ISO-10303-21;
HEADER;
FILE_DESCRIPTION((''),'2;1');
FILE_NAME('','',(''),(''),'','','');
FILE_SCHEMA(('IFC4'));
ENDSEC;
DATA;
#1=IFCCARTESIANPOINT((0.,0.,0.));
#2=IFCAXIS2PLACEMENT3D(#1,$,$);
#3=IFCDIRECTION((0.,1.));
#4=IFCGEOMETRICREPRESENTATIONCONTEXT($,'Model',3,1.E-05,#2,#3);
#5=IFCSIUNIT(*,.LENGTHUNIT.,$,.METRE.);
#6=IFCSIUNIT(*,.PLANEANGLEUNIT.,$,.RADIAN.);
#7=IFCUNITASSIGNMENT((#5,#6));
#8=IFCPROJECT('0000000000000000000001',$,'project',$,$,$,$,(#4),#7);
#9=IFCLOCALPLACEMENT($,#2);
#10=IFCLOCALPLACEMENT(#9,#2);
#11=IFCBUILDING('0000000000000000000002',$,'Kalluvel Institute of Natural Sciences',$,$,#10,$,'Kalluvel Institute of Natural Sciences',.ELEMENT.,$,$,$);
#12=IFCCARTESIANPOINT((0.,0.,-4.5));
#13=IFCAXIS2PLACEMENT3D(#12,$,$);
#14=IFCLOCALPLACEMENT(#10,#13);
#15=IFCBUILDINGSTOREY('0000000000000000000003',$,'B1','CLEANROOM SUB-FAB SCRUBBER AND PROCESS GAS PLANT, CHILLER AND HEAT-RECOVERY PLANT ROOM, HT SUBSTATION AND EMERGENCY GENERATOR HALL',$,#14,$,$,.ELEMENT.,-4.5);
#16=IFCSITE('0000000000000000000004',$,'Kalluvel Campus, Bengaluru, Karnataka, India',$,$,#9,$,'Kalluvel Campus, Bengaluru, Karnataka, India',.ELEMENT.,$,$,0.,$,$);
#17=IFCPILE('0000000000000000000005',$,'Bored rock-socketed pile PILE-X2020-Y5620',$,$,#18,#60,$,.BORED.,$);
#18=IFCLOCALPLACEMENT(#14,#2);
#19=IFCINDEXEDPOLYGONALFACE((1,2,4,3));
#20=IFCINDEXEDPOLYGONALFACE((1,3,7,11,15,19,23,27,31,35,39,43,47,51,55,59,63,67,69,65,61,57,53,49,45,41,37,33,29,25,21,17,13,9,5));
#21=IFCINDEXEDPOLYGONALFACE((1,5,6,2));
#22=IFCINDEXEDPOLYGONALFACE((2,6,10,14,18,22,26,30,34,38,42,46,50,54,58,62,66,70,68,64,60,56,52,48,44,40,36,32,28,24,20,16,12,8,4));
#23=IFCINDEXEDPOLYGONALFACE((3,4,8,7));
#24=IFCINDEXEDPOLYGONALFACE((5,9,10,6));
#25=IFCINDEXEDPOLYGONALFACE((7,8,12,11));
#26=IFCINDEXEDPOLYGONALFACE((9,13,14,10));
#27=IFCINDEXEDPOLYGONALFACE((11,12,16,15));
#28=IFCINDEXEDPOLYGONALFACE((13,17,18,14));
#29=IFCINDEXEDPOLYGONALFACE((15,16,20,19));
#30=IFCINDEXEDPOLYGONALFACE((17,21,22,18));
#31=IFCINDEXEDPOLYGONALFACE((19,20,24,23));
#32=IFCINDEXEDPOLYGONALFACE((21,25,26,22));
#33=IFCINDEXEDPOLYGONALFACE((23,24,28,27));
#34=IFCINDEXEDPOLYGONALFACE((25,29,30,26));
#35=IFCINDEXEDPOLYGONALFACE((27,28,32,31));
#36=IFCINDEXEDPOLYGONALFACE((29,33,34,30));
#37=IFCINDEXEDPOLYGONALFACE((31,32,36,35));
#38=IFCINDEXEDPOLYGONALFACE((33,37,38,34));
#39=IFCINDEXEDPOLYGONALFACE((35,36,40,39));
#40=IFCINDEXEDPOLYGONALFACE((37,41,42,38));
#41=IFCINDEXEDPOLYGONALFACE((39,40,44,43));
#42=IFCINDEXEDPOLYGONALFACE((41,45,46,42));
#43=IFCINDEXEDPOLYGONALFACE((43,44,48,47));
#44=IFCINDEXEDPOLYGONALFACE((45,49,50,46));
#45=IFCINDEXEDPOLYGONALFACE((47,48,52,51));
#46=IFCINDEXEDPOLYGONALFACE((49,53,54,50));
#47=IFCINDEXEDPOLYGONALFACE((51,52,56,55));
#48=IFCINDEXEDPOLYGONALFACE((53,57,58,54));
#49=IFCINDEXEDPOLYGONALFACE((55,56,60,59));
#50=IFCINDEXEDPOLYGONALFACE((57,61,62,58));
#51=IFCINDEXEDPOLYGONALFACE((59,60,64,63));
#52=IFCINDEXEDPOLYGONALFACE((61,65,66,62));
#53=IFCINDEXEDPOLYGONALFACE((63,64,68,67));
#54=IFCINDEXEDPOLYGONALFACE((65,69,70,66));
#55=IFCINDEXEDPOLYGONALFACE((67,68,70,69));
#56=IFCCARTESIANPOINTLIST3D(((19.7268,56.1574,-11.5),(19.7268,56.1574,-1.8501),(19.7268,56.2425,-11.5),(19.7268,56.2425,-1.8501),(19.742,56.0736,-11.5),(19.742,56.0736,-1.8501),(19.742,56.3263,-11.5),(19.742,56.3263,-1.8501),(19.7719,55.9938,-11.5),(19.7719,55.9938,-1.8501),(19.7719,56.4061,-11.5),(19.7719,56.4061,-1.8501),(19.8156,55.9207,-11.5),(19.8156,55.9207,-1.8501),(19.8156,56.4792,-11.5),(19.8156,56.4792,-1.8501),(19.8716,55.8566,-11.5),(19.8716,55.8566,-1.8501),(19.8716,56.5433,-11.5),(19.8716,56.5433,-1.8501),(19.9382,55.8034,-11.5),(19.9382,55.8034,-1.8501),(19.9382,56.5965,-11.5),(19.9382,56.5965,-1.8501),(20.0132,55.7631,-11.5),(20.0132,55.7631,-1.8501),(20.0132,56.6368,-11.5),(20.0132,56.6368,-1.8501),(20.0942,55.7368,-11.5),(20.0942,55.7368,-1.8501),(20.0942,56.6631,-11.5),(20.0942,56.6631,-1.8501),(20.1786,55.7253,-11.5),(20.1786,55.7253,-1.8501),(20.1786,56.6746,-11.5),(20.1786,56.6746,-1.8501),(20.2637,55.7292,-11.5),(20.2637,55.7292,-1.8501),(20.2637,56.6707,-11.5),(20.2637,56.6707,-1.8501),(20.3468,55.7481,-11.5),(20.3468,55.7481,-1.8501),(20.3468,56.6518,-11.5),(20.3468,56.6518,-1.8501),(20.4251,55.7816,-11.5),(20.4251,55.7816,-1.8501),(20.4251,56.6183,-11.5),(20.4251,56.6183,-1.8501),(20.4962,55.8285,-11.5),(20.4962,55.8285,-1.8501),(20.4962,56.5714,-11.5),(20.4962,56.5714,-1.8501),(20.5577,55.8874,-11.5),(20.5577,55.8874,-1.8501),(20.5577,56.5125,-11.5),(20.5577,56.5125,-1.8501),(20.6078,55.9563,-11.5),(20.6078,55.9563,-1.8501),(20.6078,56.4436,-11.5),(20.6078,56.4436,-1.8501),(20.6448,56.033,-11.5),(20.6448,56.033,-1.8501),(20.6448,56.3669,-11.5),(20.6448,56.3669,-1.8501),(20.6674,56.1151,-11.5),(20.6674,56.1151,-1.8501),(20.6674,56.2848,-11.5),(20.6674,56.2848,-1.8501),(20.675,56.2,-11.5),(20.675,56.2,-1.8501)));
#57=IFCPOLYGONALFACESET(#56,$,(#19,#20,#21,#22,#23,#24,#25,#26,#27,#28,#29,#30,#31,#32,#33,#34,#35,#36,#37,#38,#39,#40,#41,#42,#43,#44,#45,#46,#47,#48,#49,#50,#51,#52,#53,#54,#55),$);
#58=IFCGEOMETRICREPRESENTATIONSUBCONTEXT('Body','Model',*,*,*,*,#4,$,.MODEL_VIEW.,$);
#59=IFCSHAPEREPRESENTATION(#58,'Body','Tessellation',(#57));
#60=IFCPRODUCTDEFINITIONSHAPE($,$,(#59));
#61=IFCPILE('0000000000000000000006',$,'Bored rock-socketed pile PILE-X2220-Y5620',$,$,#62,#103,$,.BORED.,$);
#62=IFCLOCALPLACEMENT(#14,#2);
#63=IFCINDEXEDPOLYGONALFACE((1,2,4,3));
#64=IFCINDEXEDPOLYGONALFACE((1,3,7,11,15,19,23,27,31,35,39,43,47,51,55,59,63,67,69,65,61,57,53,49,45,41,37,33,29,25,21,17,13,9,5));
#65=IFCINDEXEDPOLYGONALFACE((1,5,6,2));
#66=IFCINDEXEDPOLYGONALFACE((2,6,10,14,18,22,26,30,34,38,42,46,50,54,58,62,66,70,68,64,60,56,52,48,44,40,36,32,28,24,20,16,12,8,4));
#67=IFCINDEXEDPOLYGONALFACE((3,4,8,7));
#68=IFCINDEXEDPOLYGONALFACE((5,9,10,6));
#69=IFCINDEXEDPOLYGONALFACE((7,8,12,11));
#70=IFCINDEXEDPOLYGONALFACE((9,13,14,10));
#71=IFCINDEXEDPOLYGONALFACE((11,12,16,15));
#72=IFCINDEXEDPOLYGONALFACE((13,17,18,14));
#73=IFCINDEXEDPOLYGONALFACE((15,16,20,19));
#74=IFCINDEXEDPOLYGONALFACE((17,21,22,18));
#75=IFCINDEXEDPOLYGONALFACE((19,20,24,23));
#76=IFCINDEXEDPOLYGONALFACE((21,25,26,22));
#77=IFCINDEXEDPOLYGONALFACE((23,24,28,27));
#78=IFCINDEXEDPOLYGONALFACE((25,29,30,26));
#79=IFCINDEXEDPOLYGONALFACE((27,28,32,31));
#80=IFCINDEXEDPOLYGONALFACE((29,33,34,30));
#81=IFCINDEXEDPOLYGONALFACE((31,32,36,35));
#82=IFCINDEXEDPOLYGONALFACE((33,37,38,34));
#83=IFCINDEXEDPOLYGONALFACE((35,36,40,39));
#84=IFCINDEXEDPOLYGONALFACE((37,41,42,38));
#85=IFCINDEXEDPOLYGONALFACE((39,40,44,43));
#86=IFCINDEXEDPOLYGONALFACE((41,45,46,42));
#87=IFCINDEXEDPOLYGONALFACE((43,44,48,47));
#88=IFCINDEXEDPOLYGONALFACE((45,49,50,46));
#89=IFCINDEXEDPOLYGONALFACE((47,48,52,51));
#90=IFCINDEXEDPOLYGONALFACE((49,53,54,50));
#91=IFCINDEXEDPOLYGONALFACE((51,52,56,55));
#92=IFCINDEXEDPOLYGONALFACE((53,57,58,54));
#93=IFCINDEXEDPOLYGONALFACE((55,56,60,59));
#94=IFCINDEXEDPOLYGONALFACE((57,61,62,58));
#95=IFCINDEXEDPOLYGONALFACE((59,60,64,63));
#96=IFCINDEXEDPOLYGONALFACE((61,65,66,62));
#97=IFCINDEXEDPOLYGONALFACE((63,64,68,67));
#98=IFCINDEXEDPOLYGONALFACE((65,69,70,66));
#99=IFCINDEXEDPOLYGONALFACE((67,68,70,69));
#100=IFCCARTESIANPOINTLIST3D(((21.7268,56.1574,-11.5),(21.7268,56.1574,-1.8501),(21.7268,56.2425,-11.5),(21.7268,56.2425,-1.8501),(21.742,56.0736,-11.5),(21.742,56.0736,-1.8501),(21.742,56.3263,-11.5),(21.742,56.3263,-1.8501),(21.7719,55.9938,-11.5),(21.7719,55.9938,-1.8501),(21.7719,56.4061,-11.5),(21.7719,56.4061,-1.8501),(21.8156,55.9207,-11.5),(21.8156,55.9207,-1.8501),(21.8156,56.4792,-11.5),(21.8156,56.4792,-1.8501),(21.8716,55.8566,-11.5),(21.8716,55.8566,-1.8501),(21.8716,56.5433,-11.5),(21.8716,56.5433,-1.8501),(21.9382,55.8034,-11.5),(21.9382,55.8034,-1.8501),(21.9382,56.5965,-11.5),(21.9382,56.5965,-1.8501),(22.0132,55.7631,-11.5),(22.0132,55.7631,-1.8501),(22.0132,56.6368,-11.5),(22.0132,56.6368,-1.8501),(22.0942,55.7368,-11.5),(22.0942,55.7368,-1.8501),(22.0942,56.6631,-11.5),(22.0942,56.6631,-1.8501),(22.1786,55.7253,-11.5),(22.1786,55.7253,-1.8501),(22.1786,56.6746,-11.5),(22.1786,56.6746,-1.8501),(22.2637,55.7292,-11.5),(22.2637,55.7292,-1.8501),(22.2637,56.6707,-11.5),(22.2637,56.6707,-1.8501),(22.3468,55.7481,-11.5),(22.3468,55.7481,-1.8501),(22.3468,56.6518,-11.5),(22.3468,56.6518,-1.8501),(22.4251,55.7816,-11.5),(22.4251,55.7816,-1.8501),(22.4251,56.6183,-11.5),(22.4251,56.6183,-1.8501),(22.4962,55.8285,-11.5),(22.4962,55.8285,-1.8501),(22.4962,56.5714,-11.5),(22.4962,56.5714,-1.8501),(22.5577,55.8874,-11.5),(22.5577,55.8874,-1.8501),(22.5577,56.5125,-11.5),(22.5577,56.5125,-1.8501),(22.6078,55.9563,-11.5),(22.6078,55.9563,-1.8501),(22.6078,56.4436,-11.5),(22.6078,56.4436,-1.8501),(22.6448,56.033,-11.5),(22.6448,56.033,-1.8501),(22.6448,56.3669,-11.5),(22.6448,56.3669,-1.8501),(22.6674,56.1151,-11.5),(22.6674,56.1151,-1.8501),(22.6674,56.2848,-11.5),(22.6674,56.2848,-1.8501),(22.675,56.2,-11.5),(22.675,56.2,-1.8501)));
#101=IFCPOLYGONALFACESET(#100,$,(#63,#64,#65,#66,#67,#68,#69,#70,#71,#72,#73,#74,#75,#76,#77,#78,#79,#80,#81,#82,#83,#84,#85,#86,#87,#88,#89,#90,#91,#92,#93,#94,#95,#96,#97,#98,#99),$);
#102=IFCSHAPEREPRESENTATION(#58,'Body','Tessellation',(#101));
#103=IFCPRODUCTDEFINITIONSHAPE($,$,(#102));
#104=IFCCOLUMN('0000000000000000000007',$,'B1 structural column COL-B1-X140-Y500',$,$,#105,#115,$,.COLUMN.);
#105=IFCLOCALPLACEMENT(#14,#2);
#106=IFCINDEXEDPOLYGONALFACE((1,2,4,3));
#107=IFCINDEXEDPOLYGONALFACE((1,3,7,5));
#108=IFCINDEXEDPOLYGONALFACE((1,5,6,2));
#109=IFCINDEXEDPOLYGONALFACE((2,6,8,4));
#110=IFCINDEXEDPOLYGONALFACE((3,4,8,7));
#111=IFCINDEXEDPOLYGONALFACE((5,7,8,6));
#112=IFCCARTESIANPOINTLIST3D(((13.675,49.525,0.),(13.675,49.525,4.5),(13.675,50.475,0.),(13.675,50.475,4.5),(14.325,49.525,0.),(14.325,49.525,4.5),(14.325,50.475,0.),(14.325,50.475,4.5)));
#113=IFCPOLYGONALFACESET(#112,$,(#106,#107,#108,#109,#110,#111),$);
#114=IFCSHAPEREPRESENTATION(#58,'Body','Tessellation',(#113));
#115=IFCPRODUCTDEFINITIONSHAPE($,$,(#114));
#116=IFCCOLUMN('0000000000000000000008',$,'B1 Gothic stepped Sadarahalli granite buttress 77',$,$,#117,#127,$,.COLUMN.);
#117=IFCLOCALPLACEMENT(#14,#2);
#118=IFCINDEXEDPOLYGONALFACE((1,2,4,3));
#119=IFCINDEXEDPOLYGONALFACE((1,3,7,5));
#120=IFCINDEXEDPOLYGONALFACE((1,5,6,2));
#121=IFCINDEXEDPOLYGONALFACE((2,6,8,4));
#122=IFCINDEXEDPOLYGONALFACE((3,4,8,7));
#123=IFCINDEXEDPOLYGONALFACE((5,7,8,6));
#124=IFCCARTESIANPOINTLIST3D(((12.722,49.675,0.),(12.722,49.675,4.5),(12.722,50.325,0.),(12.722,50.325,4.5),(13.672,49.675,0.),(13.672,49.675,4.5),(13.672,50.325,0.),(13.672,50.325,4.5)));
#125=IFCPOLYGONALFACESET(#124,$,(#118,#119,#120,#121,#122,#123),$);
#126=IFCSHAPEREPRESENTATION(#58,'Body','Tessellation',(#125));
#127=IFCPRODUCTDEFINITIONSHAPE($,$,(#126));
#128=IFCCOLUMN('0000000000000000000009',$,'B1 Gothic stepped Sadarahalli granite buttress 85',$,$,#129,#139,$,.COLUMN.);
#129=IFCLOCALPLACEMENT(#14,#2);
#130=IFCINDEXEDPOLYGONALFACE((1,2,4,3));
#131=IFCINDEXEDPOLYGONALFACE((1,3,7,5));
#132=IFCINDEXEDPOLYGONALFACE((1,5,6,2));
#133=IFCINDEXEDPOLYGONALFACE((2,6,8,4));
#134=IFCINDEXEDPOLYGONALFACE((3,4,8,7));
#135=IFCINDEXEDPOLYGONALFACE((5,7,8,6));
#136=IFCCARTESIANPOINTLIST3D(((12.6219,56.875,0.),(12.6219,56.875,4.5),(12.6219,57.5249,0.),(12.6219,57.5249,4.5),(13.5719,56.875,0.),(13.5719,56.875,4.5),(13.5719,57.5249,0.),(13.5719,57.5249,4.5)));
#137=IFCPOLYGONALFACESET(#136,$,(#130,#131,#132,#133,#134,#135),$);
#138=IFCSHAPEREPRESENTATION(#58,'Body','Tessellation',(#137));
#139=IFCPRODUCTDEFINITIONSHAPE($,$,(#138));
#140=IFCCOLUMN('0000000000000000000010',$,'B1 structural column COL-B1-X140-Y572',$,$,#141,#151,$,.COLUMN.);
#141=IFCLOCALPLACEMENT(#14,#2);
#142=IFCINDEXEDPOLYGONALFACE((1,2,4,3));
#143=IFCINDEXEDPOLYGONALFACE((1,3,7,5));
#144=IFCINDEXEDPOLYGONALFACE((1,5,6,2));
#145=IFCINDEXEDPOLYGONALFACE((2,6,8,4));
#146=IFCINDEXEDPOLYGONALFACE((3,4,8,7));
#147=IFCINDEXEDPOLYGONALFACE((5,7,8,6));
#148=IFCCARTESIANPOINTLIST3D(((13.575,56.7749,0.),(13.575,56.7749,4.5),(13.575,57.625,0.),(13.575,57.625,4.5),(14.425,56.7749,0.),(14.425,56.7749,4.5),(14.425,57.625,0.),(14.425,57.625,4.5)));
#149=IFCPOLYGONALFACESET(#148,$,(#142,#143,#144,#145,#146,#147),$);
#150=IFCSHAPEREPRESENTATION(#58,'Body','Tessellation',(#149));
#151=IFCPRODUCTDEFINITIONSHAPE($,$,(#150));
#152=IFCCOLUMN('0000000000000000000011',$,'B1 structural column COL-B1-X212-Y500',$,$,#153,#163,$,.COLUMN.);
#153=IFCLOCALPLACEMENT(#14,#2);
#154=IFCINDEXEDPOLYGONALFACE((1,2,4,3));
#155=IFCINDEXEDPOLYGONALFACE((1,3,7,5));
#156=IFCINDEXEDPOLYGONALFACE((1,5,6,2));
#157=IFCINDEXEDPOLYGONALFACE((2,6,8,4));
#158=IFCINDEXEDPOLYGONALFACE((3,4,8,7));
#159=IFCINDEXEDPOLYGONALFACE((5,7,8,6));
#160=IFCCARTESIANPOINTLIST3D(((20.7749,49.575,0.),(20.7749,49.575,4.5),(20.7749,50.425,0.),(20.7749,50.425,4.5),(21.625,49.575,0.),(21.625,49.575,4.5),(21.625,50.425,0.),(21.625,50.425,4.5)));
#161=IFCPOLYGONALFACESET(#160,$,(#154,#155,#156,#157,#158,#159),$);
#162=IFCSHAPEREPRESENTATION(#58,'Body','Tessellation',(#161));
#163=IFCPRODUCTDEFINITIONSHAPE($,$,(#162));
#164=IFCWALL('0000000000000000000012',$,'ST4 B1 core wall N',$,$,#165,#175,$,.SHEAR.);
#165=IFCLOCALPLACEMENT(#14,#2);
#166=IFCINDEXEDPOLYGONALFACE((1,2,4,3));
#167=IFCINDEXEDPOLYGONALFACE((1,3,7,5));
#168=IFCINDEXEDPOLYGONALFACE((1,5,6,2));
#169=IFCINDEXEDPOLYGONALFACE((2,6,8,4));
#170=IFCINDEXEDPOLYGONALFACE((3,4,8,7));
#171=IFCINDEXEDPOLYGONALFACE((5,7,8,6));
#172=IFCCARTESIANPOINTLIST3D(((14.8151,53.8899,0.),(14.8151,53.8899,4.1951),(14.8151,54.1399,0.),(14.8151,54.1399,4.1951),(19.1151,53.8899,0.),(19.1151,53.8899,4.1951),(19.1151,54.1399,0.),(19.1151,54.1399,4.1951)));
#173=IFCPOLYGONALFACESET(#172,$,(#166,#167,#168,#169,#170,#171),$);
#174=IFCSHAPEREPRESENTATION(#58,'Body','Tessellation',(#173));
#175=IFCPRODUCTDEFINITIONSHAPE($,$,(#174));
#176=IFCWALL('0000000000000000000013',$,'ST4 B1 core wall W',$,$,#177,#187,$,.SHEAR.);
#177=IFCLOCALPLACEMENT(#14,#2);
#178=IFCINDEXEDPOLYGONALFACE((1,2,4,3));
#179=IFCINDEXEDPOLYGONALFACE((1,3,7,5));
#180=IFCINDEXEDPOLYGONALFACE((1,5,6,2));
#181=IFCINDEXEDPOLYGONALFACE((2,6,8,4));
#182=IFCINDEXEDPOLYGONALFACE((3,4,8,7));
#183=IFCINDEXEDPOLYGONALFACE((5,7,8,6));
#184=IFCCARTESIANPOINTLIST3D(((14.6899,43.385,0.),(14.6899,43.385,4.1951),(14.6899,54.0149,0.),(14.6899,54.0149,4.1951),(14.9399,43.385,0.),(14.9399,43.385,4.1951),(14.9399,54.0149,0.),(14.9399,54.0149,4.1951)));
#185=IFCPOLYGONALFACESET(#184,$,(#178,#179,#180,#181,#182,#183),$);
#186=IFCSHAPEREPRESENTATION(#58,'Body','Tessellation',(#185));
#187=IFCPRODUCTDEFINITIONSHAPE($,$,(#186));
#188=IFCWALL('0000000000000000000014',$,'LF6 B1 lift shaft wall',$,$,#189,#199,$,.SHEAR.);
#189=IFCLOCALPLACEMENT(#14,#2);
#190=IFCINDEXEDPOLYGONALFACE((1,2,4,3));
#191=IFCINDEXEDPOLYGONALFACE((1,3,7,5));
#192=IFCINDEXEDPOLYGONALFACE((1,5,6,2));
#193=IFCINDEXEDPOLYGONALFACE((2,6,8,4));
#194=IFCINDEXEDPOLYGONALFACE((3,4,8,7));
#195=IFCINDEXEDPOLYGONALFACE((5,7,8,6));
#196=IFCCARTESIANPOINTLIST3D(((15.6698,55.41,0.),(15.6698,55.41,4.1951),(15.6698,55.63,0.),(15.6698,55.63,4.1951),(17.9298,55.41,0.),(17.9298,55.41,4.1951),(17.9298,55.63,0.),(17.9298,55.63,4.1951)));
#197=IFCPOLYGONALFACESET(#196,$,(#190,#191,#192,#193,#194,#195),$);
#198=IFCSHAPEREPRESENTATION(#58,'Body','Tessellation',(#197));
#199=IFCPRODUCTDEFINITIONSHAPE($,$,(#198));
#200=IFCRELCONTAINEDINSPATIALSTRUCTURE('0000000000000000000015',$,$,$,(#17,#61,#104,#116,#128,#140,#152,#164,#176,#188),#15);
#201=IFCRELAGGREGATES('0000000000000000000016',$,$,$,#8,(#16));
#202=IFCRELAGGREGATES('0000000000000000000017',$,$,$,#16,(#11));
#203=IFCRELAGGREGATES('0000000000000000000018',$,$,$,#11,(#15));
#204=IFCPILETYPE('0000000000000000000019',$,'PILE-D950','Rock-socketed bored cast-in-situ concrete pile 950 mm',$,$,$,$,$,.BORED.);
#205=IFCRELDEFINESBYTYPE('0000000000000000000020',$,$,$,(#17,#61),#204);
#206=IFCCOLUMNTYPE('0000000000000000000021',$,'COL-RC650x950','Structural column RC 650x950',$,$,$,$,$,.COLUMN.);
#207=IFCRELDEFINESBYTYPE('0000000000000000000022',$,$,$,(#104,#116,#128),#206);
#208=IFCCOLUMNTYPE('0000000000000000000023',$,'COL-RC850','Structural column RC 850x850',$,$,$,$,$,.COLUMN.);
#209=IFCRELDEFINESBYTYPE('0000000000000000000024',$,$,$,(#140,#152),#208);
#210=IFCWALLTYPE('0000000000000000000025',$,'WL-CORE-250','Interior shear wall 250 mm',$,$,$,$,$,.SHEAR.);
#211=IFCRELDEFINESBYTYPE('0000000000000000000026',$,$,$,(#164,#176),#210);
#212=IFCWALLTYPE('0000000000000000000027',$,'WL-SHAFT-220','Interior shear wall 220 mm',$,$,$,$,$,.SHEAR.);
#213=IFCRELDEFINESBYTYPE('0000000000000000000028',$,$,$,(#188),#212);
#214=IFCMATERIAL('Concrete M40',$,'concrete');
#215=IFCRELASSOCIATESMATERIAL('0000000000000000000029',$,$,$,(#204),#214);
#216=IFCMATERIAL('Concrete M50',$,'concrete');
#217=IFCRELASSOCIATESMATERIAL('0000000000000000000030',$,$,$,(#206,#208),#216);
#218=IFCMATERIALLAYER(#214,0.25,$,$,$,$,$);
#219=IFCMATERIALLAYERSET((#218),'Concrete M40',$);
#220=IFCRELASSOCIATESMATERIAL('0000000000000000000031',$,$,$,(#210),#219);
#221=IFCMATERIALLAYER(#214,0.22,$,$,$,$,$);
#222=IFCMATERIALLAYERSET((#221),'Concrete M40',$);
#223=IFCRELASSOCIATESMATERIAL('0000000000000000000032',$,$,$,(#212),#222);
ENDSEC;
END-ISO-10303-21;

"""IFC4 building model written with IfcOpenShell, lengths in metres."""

from ifc_helpers import new_model, si_unit, direction, frame, frame_2d, origin, origin_2d, place, context, subcontext, project, spatial, rectangle, circle, extrude, material, layer, layer_set, material_profile, profile_set, type_object, element, save


model = new_model("IFC4")

# Units and contexts
model_context = context("Model", 3, precision=1e-05, world=origin(), true_north=direction((0.0, 1.0)))
body_context = subcontext(model_context, "Body", "Model", "MODEL_VIEW")
ifc_project = project(units=[si_unit("LENGTHUNIT", "METRE"), si_unit("PLANEANGLEUNIT", "RADIAN")], contexts=[model_context])

# Site, building, storey
site_placement = place(None, origin())
site = spatial("IfcSite", under=ifc_project, at=site_placement, Name="Kalluvel Campus, Bengaluru, Karnataka, India", LongName="Kalluvel Campus, Bengaluru, Karnataka, India", CompositionType="ELEMENT", RefElevation=0.0)
building_placement = place(site_placement, origin())
building = spatial("IfcBuilding", under=site, at=building_placement, Name="Kalluvel Institute of Natural Sciences", LongName="Kalluvel Institute of Natural Sciences", CompositionType="ELEMENT")
storey_placement = place(building_placement, frame((0.0, 0.0, -4.5)))
storey = spatial("IfcBuildingStorey", under=building, at=storey_placement, Name="B1", Description="CLEANROOM SUB-FAB SCRUBBER AND PROCESS GAS PLANT, CHILLER AND HEAT-RECOVERY PLANT ROOM, HT SUBSTATION AND EMERGENCY GENERATOR HALL", CompositionType="ELEMENT", Elevation=-4.5)

# Shared definitions
ifc_material_1 = material(Name="Concrete M40", Category="concrete")

# Piles
ifc_material_profile_1 = material_profile(ifc_material_1, circle(Radius=0.4751, at=origin_2d()), Name="PILE D950")
ifc_profile_set_1 = profile_set([ifc_material_profile_1], Name="Concrete M40")
pile_type_1 = type_object("IfcPileType", Name="PILE-D950", Description="Rock-socketed bored cast-in-situ concrete pile 950 mm", PredefinedType="BORED", material=ifc_profile_set_1)
for number, where, z_axis, x_axis, name in (
    (1, (20.2, 56.2, -1.8501), (0.0, 0.0, -1.0), (1.0, 0.0, 0.0), "Bored rock-socketed pile PILE-X2020-Y5620"),
    (2, (22.2, 56.2, -1.8501), (0.0, 0.0, -1.0), (1.0, 0.0, 0.0), "Bored rock-socketed pile PILE-X2220-Y5620"),
):
    element("IfcPile", number, at=place(storey_placement, frame(where, z_axis=z_axis, x_axis=x_axis)), inside=storey, type_object=pile_type_1, Name=name, PredefinedType="BORED", context=body_context, shape_type="SweptSolid", body=[
        extrude(circle(Radius=0.4751, at=origin_2d()), origin(), (0.0, 0.0, 1.0), 9.6499),
    ])

# Columns
ifc_material_2 = material(Name="Concrete M50", Category="concrete")
ifc_material_profile_2 = material_profile(ifc_material_2, rectangle(XDim=0.6499, YDim=0.95, at=origin_2d()), Name="RC 650x950")
ifc_profile_set_2 = profile_set([ifc_material_profile_2], Name="Concrete M50")
column_type_1 = type_object("IfcColumnType", Name="COL-RC650x950", Description="Structural column RC 650x950", PredefinedType="COLUMN", material=ifc_profile_set_2)
for number, where, z_axis, x_axis, name in (
    (3, (14.0, 50.0, 0.0), (0.0, 0.0, 1.0), (1.0, 0.0, 0.0), "B1 structural column COL-B1-X140-Y500"),
    (4, (13.197, 50.0, 0.0), (0.0, 0.0, 1.0), (0.0, 1.0, 0.0), "B1 Gothic stepped Sadarahalli granite buttress 77"),
    (5, (13.0969, 57.2, 0.0), (0.0, 0.0, 1.0), (0.0, 1.0, 0.0), "B1 Gothic stepped Sadarahalli granite buttress 85"),
):
    element("IfcColumn", number, at=place(storey_placement, frame(where, z_axis=z_axis, x_axis=x_axis)), inside=storey, type_object=column_type_1, Name=name, PredefinedType="COLUMN", context=body_context, shape_type="SweptSolid", body=[
        extrude(rectangle(XDim=0.6499, YDim=0.95, at=origin_2d()), origin(), (0.0, 0.0, 1.0), 4.5),
    ])
ifc_material_profile_3 = material_profile(ifc_material_2, rectangle(XDim=0.8501, YDim=0.8501, at=origin_2d()), Name="RC 850x850")
ifc_profile_set_3 = profile_set([ifc_material_profile_3], Name="Concrete M50")
column_type_2 = type_object("IfcColumnType", Name="COL-RC850", Description="Structural column RC 850x850", PredefinedType="COLUMN", material=ifc_profile_set_3)
for number, where, z_axis, x_axis, name in (
    (6, (14.0, 57.2, 0.0), (0.0, 0.0, 1.0), (1.0, 0.0, 0.0), "B1 structural column COL-B1-X140-Y572"),
    (7, (21.2, 50.0, 0.0), (0.0, 0.0, 1.0), (1.0, 0.0, 0.0), "B1 structural column COL-B1-X212-Y500"),
):
    element("IfcColumn", number, at=place(storey_placement, frame(where, z_axis=z_axis, x_axis=x_axis)), inside=storey, type_object=column_type_2, Name=name, PredefinedType="COLUMN", context=body_context, shape_type="SweptSolid", body=[
        extrude(rectangle(XDim=0.8501, YDim=0.8501, at=origin_2d()), origin(), (0.0, 0.0, 1.0), 4.5),
    ])

# Walls
ifc_layer_1 = layer(ifc_material_1, 0.25)
ifc_layer_set_1 = layer_set([ifc_layer_1], Name="Concrete M40")
wall_type_1 = type_object("IfcWallType", Name="WL-CORE-250", Description="Interior shear wall 250 mm", PredefinedType="SHEAR", material=ifc_layer_set_1)
wall_1_placement = place(storey_placement, frame((19.115, 54.0149, 0.0), z_axis=(0.0, 0.0, 1.0), x_axis=(-1.0, 0.0, 0.0)))
element("IfcWall", 8, at=wall_1_placement, inside=storey, type_object=wall_type_1, Name="ST4 B1 core wall N", PredefinedType="SHEAR", context=body_context, shape_type="SweptSolid", body=[
    extrude(rectangle(XDim=4.3, YDim=0.25, at=frame_2d((2.1499, 0.0))), origin(), (0.0, 0.0, 1.0), 4.1951),
])
wall_2_placement = place(storey_placement, frame((14.8149, 54.0149, 0.0), z_axis=(0.0, 0.0, 1.0), x_axis=(0.0, -1.0, 0.0)))
element("IfcWall", 9, at=wall_2_placement, inside=storey, type_object=wall_type_1, Name="ST4 B1 core wall W", PredefinedType="SHEAR", context=body_context, shape_type="SweptSolid", body=[
    extrude(rectangle(XDim=10.6299, YDim=0.25, at=frame_2d((5.3149, 0.0))), origin(), (0.0, 0.0, 1.0), 4.1951),
])
ifc_layer_2 = layer(ifc_material_1, 0.22)
ifc_layer_set_2 = layer_set([ifc_layer_2], Name="Concrete M40")
wall_type_2 = type_object("IfcWallType", Name="WL-SHAFT-220", Description="Interior shear wall 220 mm", PredefinedType="SHEAR", material=ifc_layer_set_2)
wall_3_placement = place(storey_placement, frame((15.6699, 55.52, 0.0), z_axis=(0.0, 0.0, 1.0), x_axis=(1.0, 0.0, 0.0)))
element("IfcWall", 10, at=wall_3_placement, inside=storey, type_object=wall_type_2, Name="LF6 B1 lift shaft wall", PredefinedType="SHEAR", context=body_context, shape_type="SweptSolid", body=[
    extrude(rectangle(XDim=2.26, YDim=0.22, at=frame_2d((1.1299, 0.0))), origin(), (0.0, 0.0, 1.0), 4.1951),
])

save(model, "model.ifc")
